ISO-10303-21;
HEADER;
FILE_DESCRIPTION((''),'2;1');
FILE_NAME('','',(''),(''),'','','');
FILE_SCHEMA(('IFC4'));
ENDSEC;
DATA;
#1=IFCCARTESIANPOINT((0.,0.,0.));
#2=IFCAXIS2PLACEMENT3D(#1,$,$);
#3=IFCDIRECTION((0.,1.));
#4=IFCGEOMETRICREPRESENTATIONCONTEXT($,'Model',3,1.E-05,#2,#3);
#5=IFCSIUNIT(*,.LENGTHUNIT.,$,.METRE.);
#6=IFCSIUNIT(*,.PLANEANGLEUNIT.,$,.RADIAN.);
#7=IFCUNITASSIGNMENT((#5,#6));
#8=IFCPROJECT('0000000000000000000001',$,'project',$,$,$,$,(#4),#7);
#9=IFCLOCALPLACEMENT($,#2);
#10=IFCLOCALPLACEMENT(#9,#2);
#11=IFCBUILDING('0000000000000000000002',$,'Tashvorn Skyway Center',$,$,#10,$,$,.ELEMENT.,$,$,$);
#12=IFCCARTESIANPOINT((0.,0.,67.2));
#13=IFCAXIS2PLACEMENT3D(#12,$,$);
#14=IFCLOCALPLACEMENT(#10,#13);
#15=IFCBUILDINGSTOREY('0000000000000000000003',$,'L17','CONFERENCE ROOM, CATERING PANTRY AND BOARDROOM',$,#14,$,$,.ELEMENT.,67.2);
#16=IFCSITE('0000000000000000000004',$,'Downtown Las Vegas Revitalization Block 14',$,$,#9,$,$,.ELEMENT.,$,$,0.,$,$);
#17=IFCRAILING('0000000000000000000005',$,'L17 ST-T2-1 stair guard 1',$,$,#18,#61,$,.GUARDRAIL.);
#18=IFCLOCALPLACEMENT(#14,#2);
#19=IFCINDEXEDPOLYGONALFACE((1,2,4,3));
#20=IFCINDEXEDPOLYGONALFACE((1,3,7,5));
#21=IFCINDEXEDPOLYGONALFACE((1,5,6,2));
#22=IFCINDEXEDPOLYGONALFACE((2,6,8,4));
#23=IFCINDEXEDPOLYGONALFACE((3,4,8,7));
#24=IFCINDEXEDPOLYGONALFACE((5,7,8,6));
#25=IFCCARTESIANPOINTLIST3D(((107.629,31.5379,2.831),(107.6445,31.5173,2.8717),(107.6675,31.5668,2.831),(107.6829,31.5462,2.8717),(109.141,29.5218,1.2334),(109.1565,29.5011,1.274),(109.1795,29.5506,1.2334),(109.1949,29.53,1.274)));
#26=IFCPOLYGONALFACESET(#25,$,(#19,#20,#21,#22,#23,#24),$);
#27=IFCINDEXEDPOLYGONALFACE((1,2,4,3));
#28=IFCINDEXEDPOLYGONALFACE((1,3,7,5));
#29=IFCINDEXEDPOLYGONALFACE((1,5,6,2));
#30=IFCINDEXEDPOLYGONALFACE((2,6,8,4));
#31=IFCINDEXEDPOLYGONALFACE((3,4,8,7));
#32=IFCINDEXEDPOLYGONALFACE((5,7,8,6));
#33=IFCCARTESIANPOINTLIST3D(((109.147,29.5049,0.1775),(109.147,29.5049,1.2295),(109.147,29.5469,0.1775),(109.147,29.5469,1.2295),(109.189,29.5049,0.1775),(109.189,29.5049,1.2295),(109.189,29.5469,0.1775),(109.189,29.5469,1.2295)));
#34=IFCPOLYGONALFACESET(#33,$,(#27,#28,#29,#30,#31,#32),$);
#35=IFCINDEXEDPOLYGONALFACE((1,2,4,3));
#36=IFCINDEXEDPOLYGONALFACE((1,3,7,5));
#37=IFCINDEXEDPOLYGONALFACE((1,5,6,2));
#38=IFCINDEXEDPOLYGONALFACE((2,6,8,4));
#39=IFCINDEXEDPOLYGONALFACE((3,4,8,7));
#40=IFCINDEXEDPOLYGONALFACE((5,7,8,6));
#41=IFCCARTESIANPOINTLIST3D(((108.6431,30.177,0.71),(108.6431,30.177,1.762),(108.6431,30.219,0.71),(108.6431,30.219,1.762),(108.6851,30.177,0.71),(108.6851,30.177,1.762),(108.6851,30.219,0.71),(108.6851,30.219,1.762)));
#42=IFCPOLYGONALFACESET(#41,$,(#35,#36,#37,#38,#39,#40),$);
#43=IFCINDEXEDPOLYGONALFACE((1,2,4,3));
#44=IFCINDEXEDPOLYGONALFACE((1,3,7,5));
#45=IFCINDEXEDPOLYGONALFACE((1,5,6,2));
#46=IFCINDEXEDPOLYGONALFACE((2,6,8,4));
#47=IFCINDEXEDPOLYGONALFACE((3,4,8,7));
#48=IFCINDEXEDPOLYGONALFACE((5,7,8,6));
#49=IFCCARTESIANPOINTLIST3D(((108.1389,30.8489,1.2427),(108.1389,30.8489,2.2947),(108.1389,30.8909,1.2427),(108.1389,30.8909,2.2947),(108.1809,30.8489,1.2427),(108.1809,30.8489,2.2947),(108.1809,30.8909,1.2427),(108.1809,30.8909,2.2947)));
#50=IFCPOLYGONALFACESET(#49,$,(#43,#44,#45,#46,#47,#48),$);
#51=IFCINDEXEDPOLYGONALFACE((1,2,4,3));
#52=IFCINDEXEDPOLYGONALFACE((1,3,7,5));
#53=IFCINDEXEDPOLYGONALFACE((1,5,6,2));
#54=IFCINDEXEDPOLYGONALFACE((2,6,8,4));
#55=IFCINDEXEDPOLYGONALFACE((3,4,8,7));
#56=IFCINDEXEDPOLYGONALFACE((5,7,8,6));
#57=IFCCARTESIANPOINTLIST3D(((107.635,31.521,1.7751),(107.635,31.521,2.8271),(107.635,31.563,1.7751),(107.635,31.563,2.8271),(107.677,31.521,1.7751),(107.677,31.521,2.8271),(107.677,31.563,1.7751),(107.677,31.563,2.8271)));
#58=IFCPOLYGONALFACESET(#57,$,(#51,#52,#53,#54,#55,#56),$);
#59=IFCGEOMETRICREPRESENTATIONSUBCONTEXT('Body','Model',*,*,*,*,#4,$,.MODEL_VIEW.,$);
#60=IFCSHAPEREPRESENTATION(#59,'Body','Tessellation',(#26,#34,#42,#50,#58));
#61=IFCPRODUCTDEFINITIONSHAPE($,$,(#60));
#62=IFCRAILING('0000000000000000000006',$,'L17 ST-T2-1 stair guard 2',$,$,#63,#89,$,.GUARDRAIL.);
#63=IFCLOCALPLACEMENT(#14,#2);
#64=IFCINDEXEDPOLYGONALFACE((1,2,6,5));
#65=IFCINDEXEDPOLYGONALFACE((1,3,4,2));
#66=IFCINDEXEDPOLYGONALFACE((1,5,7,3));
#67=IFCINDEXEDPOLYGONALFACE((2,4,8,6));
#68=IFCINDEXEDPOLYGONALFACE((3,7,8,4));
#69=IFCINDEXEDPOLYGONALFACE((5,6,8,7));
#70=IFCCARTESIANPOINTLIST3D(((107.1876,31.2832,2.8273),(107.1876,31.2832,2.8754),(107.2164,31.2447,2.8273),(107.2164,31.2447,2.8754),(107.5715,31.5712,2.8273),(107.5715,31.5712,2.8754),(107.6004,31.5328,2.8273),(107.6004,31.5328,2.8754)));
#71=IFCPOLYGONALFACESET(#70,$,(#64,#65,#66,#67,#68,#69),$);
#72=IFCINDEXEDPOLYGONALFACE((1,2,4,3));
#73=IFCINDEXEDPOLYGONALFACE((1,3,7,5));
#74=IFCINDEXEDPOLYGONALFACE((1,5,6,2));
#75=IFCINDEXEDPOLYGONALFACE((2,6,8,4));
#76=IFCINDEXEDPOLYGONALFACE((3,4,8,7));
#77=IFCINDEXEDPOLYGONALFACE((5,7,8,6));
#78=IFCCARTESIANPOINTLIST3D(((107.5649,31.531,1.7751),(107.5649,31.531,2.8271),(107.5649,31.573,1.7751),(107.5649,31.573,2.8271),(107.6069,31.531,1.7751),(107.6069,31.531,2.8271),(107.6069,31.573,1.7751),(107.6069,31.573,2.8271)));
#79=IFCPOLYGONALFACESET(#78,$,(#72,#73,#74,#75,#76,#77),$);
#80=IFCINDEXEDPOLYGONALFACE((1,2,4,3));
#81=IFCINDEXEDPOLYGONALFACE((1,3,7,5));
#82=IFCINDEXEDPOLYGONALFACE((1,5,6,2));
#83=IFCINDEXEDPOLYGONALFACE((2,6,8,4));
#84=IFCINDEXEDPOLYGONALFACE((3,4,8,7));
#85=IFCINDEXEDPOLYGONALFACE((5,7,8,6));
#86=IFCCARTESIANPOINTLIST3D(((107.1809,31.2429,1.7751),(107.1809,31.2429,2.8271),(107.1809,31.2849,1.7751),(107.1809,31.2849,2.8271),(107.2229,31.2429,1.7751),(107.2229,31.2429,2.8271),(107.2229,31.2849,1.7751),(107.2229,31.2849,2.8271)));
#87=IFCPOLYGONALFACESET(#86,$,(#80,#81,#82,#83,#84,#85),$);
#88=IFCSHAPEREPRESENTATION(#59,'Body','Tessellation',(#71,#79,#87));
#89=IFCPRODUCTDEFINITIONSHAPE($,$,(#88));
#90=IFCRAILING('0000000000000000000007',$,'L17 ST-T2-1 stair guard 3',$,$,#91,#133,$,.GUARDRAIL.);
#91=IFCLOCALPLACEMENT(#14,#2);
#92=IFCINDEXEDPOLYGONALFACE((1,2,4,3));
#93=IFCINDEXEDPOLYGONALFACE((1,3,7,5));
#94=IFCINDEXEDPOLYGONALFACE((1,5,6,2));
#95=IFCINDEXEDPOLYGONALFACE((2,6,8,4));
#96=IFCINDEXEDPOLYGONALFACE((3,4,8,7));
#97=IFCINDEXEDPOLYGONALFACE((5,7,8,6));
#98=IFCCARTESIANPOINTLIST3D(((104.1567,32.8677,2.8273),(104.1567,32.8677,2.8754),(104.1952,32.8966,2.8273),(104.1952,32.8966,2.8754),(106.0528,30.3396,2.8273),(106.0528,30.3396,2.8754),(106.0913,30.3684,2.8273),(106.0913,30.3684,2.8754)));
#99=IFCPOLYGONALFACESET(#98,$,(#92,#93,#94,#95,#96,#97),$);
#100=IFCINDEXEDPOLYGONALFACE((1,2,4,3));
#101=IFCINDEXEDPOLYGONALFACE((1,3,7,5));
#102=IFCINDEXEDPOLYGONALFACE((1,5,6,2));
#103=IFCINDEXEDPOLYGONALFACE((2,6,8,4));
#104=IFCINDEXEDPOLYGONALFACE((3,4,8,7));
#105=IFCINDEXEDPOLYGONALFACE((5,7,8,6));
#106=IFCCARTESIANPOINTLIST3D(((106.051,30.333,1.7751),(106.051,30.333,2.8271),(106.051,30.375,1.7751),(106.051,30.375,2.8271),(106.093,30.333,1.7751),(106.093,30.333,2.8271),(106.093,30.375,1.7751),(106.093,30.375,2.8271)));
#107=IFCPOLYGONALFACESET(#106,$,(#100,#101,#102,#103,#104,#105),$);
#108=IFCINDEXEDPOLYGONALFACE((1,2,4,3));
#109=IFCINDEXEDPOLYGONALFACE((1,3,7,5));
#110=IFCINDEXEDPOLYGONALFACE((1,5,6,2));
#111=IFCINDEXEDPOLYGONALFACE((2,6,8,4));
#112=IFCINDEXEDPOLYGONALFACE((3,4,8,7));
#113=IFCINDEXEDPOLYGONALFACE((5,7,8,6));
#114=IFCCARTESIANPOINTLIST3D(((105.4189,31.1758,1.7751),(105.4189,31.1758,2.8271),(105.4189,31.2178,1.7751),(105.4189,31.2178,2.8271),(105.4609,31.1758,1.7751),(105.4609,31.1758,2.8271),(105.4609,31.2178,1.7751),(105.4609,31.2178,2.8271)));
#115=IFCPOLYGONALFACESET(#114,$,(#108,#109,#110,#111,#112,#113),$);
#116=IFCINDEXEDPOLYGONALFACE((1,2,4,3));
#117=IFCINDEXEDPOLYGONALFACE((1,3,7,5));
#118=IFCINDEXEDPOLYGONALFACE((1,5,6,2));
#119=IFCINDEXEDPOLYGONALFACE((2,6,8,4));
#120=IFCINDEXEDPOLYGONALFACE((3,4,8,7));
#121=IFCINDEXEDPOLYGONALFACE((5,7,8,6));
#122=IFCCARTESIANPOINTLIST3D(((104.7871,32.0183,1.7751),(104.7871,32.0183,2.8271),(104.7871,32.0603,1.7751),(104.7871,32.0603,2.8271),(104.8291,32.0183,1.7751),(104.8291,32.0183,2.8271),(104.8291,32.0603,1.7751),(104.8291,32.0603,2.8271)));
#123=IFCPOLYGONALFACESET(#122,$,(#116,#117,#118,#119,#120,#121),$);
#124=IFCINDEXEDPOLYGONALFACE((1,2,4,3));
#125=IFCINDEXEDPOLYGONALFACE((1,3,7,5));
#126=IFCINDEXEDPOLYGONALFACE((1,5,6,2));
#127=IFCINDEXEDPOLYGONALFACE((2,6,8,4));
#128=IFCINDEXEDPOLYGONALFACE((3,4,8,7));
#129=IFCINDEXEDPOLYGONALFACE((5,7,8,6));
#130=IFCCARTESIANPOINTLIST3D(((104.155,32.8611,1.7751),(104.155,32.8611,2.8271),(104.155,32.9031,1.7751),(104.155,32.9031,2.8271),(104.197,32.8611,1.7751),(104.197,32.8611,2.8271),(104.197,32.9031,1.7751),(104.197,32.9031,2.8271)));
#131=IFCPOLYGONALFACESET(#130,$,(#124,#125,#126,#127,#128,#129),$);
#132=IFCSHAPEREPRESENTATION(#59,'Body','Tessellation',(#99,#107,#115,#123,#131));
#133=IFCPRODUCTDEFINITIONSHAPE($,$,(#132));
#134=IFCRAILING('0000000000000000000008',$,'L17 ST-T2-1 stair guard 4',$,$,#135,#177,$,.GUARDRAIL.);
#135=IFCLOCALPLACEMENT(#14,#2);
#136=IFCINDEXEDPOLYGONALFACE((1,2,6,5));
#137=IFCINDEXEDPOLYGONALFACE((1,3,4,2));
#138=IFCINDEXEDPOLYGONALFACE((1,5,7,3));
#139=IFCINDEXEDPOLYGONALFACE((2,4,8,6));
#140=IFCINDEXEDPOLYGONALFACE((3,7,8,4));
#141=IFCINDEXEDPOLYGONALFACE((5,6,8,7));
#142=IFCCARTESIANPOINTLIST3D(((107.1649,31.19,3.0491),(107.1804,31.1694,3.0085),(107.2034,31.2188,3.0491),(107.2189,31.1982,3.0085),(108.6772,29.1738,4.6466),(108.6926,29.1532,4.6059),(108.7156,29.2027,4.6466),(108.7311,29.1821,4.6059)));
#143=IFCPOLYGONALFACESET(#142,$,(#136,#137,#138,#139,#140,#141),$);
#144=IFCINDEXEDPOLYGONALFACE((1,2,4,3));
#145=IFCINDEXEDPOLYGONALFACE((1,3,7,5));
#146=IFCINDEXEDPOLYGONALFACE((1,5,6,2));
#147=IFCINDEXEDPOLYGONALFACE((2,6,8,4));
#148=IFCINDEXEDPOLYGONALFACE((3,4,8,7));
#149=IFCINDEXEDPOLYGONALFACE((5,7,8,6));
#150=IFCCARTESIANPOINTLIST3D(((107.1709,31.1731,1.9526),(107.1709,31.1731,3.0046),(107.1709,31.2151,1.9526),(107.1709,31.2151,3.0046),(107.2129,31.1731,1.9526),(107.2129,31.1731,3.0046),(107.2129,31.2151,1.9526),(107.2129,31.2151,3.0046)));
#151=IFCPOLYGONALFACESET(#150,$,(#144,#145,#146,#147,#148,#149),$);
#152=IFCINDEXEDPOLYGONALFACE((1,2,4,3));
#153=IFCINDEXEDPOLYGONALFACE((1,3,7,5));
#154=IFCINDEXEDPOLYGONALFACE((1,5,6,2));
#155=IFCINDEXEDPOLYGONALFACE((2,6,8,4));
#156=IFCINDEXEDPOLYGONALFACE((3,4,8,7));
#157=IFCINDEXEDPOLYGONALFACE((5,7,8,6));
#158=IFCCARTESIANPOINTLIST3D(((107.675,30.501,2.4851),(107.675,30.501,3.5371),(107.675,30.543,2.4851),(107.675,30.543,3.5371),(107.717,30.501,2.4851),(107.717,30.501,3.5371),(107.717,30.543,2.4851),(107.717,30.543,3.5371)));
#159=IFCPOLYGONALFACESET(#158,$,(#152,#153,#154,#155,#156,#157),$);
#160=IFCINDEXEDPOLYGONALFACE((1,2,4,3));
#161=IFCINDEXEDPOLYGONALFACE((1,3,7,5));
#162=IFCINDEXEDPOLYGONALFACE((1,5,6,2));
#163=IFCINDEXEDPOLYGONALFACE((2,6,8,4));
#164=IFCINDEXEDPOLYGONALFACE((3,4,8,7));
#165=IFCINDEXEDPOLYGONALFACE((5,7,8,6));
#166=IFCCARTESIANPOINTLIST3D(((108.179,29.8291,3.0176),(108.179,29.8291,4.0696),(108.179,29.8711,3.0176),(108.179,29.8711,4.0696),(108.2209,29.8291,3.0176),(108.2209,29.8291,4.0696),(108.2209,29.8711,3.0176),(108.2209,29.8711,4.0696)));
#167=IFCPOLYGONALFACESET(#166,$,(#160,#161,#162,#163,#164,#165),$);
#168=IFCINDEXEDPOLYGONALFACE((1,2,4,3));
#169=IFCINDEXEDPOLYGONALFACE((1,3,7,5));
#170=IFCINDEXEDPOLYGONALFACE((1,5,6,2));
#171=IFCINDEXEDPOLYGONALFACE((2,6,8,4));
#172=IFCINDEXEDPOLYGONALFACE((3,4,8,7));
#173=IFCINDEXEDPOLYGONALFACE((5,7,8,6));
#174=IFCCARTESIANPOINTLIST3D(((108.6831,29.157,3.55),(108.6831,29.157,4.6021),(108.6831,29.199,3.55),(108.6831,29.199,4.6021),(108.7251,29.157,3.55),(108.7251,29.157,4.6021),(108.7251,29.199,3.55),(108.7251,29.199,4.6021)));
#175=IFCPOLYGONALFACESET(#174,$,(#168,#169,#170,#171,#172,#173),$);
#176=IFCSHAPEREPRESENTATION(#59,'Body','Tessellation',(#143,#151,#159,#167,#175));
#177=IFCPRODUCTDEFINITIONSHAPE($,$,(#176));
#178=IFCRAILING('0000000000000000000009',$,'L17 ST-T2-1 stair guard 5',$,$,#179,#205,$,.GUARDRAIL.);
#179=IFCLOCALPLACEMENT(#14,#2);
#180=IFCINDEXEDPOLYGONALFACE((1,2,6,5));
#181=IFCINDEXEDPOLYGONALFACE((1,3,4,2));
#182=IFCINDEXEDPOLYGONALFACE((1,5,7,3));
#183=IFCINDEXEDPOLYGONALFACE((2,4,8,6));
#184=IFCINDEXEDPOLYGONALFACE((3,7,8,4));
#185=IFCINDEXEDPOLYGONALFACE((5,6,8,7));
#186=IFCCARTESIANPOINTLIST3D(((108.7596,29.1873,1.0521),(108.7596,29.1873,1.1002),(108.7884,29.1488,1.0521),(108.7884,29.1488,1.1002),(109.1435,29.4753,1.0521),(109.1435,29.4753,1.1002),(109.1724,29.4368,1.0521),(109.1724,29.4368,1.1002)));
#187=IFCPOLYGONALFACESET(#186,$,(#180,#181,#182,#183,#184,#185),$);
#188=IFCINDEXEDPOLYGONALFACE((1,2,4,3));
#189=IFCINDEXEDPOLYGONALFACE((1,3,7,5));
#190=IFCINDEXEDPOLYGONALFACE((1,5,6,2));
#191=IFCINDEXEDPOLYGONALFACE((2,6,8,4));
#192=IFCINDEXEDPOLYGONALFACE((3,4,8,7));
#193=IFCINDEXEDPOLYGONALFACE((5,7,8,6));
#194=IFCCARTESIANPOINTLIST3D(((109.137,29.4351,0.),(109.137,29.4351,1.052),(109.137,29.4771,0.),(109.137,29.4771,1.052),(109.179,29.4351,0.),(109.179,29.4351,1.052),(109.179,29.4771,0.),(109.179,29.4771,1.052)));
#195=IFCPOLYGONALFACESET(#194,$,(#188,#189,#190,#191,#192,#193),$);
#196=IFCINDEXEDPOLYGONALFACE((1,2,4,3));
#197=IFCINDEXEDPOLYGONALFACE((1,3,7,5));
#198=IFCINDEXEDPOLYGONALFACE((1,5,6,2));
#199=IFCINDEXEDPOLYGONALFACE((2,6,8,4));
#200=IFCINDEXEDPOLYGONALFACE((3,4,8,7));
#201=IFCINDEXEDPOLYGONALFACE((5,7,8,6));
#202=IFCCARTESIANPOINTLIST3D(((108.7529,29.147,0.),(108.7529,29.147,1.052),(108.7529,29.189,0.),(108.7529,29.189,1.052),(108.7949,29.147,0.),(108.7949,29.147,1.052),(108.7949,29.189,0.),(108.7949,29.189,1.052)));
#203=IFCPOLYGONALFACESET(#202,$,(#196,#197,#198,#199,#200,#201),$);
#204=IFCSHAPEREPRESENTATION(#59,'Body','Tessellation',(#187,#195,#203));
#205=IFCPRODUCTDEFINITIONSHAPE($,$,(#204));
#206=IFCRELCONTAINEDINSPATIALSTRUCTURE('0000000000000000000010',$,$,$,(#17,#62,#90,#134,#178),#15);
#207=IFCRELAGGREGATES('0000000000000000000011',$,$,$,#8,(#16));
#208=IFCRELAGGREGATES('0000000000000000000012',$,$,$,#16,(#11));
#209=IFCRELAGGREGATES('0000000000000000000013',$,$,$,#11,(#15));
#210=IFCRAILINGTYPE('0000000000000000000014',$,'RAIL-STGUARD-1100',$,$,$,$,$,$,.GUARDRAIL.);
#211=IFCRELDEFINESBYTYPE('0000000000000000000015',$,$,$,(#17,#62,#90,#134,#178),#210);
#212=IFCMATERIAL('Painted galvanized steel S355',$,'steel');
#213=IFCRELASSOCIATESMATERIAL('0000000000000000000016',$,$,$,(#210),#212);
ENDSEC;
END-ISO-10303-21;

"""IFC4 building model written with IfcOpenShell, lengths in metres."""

from ifc_helpers import new_model, si_unit, direction, frame, origin, origin_2d, place, context, subcontext, project, spatial, rectangle, extrude, material, type_object, element, save


model = new_model("IFC4")

# Units and contexts
model_context = context("Model", 3, precision=1e-05, world=origin(), true_north=direction((0.0, 1.0)))
body_context = subcontext(model_context, "Body", "Model", "MODEL_VIEW")
ifc_project = project(units=[si_unit("LENGTHUNIT", "METRE"), si_unit("PLANEANGLEUNIT", "RADIAN")], contexts=[model_context])

# Site, building, storey
site_placement = place(None, origin())
site = spatial("IfcSite", under=ifc_project, at=site_placement, Name="Downtown Las Vegas Revitalization Block 14", CompositionType="ELEMENT", RefElevation=0.0)
building_placement = place(site_placement, origin())
building = spatial("IfcBuilding", under=site, at=building_placement, Name="Tashvorn Skyway Center", CompositionType="ELEMENT")
storey_placement = place(building_placement, frame((0.0, 0.0, 67.2)))
storey = spatial("IfcBuildingStorey", under=building, at=storey_placement, Name="L17", Description="CONFERENCE ROOM, CATERING PANTRY AND BOARDROOM", CompositionType="ELEMENT", Elevation=67.2)

# Railings
ifc_material_1 = material(Name="Painted galvanized steel S355", Category="steel")
railing_type_1 = type_object("IfcRailingType", Name="RAIL-STGUARD-1100", PredefinedType="GUARDRAIL", material=ifc_material_1)
railing_1_placement = place(storey_placement, frame((109.168, 29.5259, 0.1775)))
element("IfcRailing", 1, at=railing_1_placement, inside=storey, type_object=railing_type_1, Name="L17 ST-T2-1 stair guard 1", PredefinedType="GUARDRAIL", context=body_context, shape_type="SweptSolid", body=[
    extrude(rectangle(XDim=0.0481, YDim=0.0481, at=origin_2d()), frame((0.0, 0.0, 1.0762), z_axis=(-0.506719, 0.675679, 0.535438), x_axis=(-0.800023, -0.599969, 0.0)), (0.0, 0.0, 1.0), 2.9839),
    extrude(rectangle(XDim=0.042, YDim=0.042, at=origin_2d()), origin(), (0.0, 0.0, 1.0), 1.052),
    extrude(rectangle(XDim=0.042, YDim=0.042, at=origin_2d()), frame((-0.5039, 0.6721, 0.5325)), (0.0, 0.0, 1.0), 1.052),
    extrude(rectangle(XDim=0.042, YDim=0.042, at=origin_2d()), frame((-1.0081, 1.344, 1.0652)), (0.0, 0.0, 1.0), 1.052),
    extrude(rectangle(XDim=0.042, YDim=0.042, at=origin_2d()), frame((-1.512, 2.0161, 1.5977)), (0.0, 0.0, 1.0), 1.052),
])
railing_2_placement = place(storey_placement, frame((107.5859, 31.552, 1.7751)))
element("IfcRailing", 2, at=railing_2_placement, inside=storey, type_object=railing_type_1, Name="L17 ST-T2-1 stair guard 2", PredefinedType="GUARDRAIL", context=body_context, shape_type="SweptSolid", body=[
    extrude(rectangle(XDim=0.0481, YDim=0.0481, at=origin_2d()), frame((0.0, 0.0, 1.0762), z_axis=(-0.799939, -0.600081, 0.0), x_axis=(0.600081, -0.799939, 0.0)), (0.0, 0.0, 1.0), 0.48),
    extrude(rectangle(XDim=0.042, YDim=0.042, at=origin_2d()), origin(), (0.0, 0.0, 1.0), 1.052),
    extrude(rectangle(XDim=0.042, YDim=0.042, at=origin_2d()), frame((-0.384, -0.2881, 0.0)), (0.0, 0.0, 1.0), 1.052),
])
railing_3_placement = place(storey_placement, frame((106.072, 30.354, 1.7751)))
element("IfcRailing", 3, at=railing_3_placement, inside=storey, type_object=railing_type_1, Name="L17 ST-T2-1 stair guard 3", PredefinedType="GUARDRAIL", context=body_context, shape_type="SweptSolid", body=[
    extrude(rectangle(XDim=0.0481, YDim=0.0481, at=origin_2d()), frame((0.0, 0.0, 1.0762), z_axis=(-0.599988, 0.800009, 0.0), x_axis=(-0.800009, -0.599988, 0.0)), (0.0, 0.0, 1.0), 3.1602),
    extrude(rectangle(XDim=0.042, YDim=0.042, at=origin_2d()), origin(), (0.0, 0.0, 1.0), 1.052),
    extrude(rectangle(XDim=0.042, YDim=0.042, at=origin_2d()), frame((-0.6321, 0.8428, 0.0)), (0.0, 0.0, 1.0), 1.052),
    extrude(rectangle(XDim=0.042, YDim=0.042, at=origin_2d()), frame((-1.2639, 1.6853, 0.0)), (0.0, 0.0, 1.0), 1.052),
    extrude(rectangle(XDim=0.042, YDim=0.042, at=origin_2d()), frame((-1.896, 2.5281, 0.0)), (0.0, 0.0, 1.0), 1.052),
])
railing_4_placement = place(storey_placement, frame((107.1919, 31.1941, 1.9526)))
element("IfcRailing", 4, at=railing_4_placement, inside=storey, type_object=railing_type_1, Name="L17 ST-T2-1 stair guard 4", PredefinedType="GUARDRAIL", context=body_context, shape_type="SweptSolid", body=[
    extrude(rectangle(XDim=0.0481, YDim=0.0481, at=origin_2d()), frame((0.0, 0.0, 1.0762), z_axis=(0.506802, -0.675681, 0.535357), x_axis=(0.799977, 0.600031, 0.0)), (0.0, 0.0, 1.0), 2.9839),
    extrude(rectangle(XDim=0.042, YDim=0.042, at=origin_2d()), origin(), (0.0, 0.0, 1.0), 1.052),
    extrude(rectangle(XDim=0.042, YDim=0.042, at=origin_2d()), frame((0.5042, -0.6721, 0.5325)), (0.0, 0.0, 1.0), 1.052),
    extrude(rectangle(XDim=0.042, YDim=0.042, at=origin_2d()), frame((1.0081, -1.344, 1.0649)), (0.0, 0.0, 1.0), 1.052),
    extrude(rectangle(XDim=0.042, YDim=0.042, at=origin_2d()), frame((1.5122, -2.0161, 1.5974)), (0.0, 0.0, 1.0), 1.052),
])
railing_5_placement = place(storey_placement, frame((109.158, 29.4561, 0.0)))
element("IfcRailing", 5, at=railing_5_placement, inside=storey, type_object=railing_type_1, Name="L17 ST-T2-1 stair guard 5", PredefinedType="GUARDRAIL", context=body_context, shape_type="SweptSolid", body=[
    extrude(rectangle(XDim=0.0481, YDim=0.0481, at=origin_2d()), frame((0.0, 0.0, 1.0762), z_axis=(-0.799939, -0.600081, 0.0), x_axis=(0.600081, -0.799939, 0.0)), (0.0, 0.0, 1.0), 0.48),
    extrude(rectangle(XDim=0.042, YDim=0.042, at=origin_2d()), origin(), (0.0, 0.0, 1.0), 1.052),
    extrude(rectangle(XDim=0.042, YDim=0.042, at=origin_2d()), frame((-0.384, -0.2881, 0.0)), (0.0, 0.0, 1.0), 1.052),
])

save(model, "model.ifc")
